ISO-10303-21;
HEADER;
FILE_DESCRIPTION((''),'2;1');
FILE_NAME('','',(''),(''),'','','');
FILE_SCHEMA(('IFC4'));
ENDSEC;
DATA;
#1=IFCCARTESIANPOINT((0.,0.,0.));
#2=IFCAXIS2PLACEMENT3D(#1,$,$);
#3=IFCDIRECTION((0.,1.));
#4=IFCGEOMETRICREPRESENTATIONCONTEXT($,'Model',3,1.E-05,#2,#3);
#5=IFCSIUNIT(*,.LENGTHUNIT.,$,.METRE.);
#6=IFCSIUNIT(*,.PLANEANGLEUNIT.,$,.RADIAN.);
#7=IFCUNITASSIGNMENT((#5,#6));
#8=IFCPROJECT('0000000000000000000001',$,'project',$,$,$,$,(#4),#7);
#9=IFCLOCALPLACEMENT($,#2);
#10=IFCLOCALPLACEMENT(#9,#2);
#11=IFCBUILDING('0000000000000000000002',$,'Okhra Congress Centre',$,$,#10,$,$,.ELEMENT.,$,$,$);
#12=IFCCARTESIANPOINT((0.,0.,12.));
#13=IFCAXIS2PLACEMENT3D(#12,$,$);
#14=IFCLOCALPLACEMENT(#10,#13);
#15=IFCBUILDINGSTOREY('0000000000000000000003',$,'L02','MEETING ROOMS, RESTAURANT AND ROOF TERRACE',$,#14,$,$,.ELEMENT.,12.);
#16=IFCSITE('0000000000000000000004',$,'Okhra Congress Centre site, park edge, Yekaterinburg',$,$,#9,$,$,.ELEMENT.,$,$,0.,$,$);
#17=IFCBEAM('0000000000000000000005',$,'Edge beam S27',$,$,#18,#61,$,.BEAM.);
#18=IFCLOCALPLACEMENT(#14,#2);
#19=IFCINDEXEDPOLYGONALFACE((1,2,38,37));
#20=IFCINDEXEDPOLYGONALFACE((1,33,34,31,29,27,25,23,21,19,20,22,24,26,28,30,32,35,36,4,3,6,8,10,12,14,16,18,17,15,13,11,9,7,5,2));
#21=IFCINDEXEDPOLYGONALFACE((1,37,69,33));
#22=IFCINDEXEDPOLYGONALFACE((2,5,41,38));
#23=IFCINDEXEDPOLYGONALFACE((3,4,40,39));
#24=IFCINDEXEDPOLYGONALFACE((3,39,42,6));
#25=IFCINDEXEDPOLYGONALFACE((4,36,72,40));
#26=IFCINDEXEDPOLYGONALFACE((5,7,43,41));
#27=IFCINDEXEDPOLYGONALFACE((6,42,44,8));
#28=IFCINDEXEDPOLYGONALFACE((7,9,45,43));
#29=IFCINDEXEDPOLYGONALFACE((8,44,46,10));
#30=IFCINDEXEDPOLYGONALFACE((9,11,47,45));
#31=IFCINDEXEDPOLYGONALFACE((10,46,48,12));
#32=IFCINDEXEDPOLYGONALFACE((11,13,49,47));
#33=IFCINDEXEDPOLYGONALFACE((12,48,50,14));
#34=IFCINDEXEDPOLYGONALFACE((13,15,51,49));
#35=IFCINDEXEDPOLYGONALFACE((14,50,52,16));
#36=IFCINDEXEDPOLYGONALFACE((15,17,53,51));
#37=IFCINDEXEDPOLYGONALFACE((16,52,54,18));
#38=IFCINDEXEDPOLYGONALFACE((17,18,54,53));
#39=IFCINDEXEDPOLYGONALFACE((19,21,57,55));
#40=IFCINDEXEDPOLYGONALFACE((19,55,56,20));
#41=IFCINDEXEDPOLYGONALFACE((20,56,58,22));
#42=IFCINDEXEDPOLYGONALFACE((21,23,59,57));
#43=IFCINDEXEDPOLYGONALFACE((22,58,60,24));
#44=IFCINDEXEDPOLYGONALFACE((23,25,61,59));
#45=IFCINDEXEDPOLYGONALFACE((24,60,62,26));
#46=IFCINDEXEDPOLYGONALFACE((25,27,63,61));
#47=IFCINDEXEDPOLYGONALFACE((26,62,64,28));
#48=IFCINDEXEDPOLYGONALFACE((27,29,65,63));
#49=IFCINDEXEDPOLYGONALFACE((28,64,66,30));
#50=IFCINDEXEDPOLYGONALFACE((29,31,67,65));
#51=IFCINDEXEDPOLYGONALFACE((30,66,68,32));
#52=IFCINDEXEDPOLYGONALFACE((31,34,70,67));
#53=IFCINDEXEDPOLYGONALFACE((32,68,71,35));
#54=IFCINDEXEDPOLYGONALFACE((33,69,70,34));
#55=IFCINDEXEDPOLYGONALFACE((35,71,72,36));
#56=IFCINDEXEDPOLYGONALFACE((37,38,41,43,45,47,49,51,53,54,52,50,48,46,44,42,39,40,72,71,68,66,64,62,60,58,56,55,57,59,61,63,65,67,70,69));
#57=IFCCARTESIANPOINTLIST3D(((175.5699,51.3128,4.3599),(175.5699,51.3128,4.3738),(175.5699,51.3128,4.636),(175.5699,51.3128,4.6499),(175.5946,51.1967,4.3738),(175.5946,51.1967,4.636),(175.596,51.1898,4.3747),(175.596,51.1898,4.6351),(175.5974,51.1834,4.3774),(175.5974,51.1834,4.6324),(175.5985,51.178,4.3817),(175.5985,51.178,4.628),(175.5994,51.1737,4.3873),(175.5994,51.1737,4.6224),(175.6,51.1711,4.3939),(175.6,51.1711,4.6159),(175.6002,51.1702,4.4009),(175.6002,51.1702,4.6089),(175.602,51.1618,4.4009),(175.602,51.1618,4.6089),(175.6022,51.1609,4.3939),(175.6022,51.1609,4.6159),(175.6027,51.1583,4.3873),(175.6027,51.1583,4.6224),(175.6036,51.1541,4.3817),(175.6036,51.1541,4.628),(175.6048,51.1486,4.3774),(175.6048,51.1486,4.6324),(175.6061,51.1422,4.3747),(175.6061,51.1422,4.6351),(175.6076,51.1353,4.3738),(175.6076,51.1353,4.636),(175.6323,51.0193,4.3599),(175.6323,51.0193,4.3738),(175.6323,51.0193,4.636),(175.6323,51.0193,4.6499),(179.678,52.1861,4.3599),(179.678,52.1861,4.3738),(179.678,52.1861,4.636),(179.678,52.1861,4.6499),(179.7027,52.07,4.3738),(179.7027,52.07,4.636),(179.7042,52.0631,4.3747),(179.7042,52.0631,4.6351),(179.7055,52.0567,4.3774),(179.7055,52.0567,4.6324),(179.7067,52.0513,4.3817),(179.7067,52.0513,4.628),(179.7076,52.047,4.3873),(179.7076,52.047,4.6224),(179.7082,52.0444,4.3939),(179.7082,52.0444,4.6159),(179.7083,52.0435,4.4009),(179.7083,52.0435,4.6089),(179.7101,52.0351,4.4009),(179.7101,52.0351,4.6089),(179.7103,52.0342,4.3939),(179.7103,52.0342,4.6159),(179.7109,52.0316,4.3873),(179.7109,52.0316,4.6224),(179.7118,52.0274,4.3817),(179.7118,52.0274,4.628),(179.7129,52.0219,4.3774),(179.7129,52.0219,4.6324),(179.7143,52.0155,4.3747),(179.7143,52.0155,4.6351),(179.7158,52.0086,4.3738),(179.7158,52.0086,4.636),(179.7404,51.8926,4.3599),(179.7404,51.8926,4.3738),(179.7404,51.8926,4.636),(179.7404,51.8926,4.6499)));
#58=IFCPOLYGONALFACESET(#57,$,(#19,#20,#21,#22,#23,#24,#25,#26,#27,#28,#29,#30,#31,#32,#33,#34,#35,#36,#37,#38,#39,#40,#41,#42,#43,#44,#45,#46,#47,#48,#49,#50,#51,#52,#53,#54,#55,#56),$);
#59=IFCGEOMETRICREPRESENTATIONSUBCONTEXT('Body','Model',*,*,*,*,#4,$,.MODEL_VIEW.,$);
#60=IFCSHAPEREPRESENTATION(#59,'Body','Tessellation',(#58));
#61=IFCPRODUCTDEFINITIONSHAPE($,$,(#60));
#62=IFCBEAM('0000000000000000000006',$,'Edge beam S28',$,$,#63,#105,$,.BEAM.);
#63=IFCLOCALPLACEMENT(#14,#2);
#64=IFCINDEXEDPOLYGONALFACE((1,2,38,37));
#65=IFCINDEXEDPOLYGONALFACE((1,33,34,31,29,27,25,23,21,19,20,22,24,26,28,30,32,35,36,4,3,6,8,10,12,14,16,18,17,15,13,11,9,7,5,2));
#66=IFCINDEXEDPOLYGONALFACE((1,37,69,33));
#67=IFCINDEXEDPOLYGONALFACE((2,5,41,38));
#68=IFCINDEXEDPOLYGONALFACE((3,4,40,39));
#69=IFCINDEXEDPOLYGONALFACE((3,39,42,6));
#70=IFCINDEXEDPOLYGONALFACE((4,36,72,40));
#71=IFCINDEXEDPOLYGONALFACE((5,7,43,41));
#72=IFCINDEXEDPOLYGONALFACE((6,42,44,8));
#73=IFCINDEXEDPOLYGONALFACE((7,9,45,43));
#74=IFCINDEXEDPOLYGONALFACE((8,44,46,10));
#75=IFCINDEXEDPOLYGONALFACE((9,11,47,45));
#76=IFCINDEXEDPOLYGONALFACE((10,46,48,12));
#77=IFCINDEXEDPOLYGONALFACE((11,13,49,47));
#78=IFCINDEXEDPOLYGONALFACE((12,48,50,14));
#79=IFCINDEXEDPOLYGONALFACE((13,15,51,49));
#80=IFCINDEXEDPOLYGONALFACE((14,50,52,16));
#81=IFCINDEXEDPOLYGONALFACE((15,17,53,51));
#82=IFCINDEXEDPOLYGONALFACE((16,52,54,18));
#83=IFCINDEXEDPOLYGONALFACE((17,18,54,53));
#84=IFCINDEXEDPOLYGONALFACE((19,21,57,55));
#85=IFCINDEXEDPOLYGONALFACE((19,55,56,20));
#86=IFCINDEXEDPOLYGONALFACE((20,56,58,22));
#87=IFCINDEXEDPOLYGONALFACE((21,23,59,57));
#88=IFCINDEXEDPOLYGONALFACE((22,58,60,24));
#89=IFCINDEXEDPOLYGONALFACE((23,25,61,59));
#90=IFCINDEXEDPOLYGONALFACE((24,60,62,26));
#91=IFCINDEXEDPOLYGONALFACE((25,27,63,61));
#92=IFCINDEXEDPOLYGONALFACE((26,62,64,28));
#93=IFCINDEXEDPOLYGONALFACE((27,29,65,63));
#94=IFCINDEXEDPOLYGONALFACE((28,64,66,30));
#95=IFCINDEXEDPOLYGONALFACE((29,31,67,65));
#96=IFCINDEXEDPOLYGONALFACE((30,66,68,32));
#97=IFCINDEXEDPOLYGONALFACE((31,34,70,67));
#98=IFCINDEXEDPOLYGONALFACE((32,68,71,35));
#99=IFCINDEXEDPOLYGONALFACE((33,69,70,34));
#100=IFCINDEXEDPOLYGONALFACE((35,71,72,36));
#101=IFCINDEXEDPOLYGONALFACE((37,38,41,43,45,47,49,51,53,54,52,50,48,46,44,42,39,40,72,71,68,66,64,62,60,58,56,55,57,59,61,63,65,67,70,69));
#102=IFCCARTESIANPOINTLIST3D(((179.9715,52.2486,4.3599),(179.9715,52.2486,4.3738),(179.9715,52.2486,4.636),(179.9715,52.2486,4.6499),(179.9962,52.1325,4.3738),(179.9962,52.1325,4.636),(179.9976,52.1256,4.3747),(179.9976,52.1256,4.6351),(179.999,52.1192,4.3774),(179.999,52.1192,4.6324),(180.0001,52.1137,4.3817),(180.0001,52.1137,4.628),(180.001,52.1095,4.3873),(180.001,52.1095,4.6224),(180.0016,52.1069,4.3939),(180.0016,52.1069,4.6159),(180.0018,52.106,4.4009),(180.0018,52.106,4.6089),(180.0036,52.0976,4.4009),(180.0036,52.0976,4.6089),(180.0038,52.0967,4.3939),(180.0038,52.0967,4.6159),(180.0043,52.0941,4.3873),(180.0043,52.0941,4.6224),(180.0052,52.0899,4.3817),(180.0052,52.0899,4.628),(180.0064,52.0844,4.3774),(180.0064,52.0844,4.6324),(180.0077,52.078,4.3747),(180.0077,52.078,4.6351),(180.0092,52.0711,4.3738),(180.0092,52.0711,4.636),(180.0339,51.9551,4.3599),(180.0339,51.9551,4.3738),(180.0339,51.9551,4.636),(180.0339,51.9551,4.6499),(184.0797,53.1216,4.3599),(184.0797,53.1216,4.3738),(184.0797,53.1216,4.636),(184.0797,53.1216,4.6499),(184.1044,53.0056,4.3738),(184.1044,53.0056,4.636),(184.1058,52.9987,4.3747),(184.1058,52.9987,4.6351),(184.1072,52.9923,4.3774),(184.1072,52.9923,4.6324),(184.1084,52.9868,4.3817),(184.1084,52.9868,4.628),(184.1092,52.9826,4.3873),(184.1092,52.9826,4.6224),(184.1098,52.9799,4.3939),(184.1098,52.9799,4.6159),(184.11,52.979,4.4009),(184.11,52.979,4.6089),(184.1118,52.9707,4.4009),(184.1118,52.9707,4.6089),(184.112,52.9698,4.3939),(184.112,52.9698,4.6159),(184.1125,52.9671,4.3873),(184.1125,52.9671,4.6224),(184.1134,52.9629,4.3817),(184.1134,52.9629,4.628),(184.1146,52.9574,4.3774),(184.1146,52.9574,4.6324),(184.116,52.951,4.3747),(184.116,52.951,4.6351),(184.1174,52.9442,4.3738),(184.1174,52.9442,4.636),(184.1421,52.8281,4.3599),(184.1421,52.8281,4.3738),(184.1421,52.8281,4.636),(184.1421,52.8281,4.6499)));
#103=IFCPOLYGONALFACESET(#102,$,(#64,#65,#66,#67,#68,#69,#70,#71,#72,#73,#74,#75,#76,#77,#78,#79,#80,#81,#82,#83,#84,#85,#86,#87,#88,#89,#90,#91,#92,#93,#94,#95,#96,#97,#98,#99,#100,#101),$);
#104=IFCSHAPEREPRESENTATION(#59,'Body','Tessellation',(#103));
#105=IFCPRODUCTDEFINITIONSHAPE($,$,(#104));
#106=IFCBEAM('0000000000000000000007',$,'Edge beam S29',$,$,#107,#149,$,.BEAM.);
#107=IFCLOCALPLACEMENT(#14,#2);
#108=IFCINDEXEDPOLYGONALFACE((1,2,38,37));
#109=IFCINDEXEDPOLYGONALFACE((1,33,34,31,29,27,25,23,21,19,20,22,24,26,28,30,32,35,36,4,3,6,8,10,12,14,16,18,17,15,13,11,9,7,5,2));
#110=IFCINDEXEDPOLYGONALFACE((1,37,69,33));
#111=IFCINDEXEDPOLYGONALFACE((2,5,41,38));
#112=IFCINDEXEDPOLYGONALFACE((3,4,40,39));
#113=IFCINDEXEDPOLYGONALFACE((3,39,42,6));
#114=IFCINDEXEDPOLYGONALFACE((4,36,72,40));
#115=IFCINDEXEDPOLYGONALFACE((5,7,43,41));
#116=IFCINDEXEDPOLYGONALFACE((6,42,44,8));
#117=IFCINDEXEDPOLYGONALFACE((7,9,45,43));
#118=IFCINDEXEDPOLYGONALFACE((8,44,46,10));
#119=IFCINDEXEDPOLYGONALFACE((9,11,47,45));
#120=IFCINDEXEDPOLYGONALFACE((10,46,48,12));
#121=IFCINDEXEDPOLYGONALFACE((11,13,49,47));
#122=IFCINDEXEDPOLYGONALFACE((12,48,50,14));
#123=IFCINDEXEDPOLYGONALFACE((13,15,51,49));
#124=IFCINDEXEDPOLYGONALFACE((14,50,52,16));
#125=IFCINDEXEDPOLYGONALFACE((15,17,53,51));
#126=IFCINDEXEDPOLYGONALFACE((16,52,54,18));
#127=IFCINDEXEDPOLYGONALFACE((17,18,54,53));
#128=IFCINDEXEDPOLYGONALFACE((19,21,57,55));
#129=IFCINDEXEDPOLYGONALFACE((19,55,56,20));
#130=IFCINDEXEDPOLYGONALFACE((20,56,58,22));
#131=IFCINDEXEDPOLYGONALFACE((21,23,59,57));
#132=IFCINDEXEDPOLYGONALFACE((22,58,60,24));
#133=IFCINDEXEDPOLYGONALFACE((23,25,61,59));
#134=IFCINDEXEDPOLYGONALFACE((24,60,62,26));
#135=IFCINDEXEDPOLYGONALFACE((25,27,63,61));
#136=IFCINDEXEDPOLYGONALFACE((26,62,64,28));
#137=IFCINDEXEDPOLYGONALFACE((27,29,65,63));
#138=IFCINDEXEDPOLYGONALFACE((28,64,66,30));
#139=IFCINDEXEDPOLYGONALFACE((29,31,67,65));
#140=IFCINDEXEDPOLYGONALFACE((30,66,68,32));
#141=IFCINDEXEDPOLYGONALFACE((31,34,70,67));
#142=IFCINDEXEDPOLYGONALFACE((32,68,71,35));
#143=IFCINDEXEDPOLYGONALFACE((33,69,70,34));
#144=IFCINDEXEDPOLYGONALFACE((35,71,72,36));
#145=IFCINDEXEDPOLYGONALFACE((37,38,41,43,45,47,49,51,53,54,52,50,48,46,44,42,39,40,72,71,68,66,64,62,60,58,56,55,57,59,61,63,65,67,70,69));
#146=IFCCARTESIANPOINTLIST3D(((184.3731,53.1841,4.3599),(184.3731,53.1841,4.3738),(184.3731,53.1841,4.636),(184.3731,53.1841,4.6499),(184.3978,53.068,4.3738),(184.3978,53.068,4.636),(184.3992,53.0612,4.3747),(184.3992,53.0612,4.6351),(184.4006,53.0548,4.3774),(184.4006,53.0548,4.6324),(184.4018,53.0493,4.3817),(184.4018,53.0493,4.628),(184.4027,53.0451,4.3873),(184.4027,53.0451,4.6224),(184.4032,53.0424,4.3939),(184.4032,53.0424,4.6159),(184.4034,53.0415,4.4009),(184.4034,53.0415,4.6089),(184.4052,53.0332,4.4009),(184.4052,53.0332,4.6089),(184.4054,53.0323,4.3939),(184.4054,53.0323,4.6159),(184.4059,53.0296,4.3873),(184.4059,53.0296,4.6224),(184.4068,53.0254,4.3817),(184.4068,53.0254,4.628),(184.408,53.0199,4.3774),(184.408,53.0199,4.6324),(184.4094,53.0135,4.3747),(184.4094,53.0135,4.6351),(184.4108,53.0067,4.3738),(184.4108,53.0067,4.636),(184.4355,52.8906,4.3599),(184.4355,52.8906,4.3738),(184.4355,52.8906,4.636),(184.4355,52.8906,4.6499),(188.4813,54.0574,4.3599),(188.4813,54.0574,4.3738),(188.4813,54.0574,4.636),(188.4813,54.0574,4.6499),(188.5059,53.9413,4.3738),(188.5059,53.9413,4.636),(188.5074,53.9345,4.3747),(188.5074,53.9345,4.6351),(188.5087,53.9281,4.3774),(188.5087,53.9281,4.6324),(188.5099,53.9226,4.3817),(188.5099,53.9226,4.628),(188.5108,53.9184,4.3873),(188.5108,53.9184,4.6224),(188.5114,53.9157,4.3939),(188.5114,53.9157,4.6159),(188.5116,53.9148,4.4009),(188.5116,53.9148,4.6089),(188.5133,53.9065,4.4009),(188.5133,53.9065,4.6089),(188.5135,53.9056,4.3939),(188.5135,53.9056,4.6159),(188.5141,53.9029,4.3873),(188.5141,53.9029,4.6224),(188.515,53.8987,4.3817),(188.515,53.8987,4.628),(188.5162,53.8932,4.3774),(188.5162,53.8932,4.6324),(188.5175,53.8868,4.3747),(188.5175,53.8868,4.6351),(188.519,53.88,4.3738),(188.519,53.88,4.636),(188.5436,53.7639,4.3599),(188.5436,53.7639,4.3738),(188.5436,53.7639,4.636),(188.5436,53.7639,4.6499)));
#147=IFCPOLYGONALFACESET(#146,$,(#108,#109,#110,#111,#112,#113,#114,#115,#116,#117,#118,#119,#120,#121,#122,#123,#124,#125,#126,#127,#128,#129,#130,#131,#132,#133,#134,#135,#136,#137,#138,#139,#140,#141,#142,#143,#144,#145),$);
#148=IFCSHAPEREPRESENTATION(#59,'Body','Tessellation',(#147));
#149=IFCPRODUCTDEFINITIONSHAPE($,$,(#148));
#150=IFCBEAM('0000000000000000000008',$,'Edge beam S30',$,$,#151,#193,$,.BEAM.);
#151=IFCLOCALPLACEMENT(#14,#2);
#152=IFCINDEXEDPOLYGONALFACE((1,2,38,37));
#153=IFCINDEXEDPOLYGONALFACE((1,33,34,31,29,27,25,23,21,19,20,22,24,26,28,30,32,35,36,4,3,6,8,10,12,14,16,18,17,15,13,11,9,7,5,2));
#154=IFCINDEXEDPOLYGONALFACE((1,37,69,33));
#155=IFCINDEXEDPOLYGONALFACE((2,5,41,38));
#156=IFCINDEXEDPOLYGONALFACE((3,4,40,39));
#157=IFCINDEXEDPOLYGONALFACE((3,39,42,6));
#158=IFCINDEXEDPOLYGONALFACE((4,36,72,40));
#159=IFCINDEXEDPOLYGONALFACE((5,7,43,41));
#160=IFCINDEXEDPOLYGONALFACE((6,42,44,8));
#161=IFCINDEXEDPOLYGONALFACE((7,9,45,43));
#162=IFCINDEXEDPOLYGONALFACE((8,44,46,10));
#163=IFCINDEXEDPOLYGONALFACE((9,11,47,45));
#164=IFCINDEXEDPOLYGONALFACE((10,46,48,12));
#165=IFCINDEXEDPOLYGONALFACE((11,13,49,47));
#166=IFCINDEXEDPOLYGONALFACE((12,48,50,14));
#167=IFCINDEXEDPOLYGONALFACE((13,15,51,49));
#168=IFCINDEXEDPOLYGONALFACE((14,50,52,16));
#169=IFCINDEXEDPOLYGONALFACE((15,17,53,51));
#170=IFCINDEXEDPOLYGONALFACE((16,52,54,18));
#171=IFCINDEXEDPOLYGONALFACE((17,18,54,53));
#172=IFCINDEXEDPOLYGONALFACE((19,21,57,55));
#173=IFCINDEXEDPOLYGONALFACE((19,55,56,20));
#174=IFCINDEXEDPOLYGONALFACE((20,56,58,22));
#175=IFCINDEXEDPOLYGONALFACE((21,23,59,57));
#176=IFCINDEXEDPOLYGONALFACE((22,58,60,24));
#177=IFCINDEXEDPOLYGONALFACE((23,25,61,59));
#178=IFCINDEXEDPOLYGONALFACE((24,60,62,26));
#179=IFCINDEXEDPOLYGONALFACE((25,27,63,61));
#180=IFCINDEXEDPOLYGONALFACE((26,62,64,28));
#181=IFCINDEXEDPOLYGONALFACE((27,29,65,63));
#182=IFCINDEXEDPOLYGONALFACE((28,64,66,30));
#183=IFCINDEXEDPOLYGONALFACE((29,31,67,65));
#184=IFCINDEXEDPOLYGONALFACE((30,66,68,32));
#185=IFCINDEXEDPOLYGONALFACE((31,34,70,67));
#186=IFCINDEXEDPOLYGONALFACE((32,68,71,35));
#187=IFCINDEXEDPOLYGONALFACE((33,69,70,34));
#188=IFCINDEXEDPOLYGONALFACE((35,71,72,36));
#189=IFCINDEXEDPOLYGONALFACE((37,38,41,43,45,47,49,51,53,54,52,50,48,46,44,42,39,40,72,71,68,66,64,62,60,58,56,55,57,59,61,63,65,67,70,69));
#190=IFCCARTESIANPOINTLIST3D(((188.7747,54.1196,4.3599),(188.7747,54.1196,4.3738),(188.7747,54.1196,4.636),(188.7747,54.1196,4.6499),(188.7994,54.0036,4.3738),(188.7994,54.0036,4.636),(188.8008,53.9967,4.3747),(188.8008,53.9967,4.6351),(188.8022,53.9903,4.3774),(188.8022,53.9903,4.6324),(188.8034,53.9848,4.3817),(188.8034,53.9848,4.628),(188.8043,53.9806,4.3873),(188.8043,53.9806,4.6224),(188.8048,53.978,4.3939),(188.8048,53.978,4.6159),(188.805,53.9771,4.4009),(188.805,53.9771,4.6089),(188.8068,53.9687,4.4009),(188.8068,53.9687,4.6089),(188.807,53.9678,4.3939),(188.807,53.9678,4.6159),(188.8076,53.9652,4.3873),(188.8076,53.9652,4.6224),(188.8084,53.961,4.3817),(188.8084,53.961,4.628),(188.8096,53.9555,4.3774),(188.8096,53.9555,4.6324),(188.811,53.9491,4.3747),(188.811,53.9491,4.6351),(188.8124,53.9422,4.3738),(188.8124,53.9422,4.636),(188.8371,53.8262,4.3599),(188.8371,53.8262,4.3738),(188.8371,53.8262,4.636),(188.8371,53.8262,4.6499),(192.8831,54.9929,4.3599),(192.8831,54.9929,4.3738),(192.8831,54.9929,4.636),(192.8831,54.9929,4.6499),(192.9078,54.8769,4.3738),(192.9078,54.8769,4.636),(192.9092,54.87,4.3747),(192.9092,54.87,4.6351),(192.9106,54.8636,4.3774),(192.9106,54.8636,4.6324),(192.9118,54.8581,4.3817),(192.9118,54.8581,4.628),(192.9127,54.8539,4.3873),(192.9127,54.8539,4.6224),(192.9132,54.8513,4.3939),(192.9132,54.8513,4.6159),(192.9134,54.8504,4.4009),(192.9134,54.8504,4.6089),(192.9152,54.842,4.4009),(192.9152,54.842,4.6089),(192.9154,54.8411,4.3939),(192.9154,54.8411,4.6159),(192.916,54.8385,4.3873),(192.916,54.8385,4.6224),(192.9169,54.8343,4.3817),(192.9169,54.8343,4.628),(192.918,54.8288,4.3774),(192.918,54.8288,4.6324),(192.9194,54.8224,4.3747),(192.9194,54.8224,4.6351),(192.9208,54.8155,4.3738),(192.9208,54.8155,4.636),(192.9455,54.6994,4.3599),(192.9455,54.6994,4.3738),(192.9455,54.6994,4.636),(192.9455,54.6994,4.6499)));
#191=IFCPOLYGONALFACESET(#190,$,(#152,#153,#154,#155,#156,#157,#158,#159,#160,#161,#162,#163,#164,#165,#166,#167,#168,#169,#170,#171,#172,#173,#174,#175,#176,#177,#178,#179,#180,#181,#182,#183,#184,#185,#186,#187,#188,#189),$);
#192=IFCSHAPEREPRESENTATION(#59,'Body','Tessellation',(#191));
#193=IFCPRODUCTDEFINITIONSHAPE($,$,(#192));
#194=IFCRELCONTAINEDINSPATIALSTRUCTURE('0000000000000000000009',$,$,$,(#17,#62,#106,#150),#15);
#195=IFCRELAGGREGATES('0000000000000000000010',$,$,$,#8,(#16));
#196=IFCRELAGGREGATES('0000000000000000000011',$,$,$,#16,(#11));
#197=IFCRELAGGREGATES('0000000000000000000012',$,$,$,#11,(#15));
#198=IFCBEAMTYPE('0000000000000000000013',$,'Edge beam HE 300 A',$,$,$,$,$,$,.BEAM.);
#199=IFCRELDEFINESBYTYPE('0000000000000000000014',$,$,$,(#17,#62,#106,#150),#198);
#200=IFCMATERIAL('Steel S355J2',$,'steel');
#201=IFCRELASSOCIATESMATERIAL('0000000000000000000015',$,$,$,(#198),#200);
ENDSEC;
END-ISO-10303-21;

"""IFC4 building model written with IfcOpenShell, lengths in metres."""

from ifc_helpers import new_model, si_unit, direction, frame, origin, origin_2d, place, context, subcontext, project, spatial, i_section, extrude, material, material_profile, profile_set, type_object, element, save


model = new_model("IFC4")

# Units and contexts
model_context = context("Model", 3, precision=1e-05, world=origin(), true_north=direction((0.0, 1.0)))
body_context = subcontext(model_context, "Body", "Model", "MODEL_VIEW")
ifc_project = project(units=[si_unit("LENGTHUNIT", "METRE"), si_unit("PLANEANGLEUNIT", "RADIAN")], contexts=[model_context])

# Site, building, storey
site_placement = place(None, origin())
site = spatial("IfcSite", under=ifc_project, at=site_placement, Name="Okhra Congress Centre site, park edge, Yekaterinburg", CompositionType="ELEMENT", RefElevation=0.0)
building_placement = place(site_placement, origin())
building = spatial("IfcBuilding", under=site, at=building_placement, Name="Okhra Congress Centre", CompositionType="ELEMENT")
storey_placement = place(building_placement, frame((0.0, 0.0, 12.0)))
storey = spatial("IfcBuildingStorey", under=building, at=storey_placement, Name="L02", Description="MEETING ROOMS, RESTAURANT AND ROOF TERRACE", CompositionType="ELEMENT", Elevation=12.0)

# Shared definitions
ifc_material_1 = material(Name="Steel S355J2", Category="steel")

# Beams
ifc_material_profile_1 = material_profile(ifc_material_1, i_section(OverallWidth=0.3, OverallDepth=0.29, WebThickness=0.0085, FlangeThickness=0.0139, FilletRadius=0.0271, at=origin_2d()), Name="HE 300 A")
ifc_profile_set_1 = profile_set([ifc_material_profile_1], Name="Steel S355J2")
beam_type_1 = type_object("IfcBeamType", Name="Edge beam HE 300 A", PredefinedType="BEAM", material=ifc_profile_set_1)
for number, where, z_axis, x_axis, name in (
    (1, (175.6011, 51.166, 4.5049), (0.978144, 0.207929, 0.0), (-0.207929, 0.978144, 0.0), "Edge beam S27"),
    (2, (180.0027, 52.1018, 4.5049), (0.978156, 0.207873, 0.0), (-0.207873, 0.978156, 0.0), "Edge beam S28"),
    (3, (184.4043, 53.0374, 4.5049), (0.978144, 0.207929, 0.0), (-0.207929, 0.978144, 0.0), "Edge beam S29"),
):
    element("IfcBeam", number, at=place(storey_placement, frame(where, z_axis=z_axis, x_axis=x_axis)), inside=storey, type_object=beam_type_1, Name=name, PredefinedType="BEAM", context=body_context, shape_type="SweptSolid", body=[
        extrude(i_section(OverallWidth=0.3, OverallDepth=0.29, WebThickness=0.0085, FlangeThickness=0.0139, FilletRadius=0.0271, at=origin_2d()), origin(), (0.0, 0.0, 1.0), 4.2),
    ])
beam_placement = place(storey_placement, frame((188.8059, 53.9729, 4.5049), z_axis=(0.978146, 0.207917, 0.0), x_axis=(-0.207917, 0.978146, 0.0)))
element("IfcBeam", 4, at=beam_placement, inside=storey, type_object=beam_type_1, Name="Edge beam S30", PredefinedType="BEAM", context=body_context, shape_type="SweptSolid", body=[
    extrude(i_section(OverallWidth=0.3, OverallDepth=0.29, WebThickness=0.0085, FlangeThickness=0.0139, FilletRadius=0.0271, at=origin_2d()), origin(), (0.0, 0.0, 1.0), 4.2002),
])

save(model, "model.ifc")
